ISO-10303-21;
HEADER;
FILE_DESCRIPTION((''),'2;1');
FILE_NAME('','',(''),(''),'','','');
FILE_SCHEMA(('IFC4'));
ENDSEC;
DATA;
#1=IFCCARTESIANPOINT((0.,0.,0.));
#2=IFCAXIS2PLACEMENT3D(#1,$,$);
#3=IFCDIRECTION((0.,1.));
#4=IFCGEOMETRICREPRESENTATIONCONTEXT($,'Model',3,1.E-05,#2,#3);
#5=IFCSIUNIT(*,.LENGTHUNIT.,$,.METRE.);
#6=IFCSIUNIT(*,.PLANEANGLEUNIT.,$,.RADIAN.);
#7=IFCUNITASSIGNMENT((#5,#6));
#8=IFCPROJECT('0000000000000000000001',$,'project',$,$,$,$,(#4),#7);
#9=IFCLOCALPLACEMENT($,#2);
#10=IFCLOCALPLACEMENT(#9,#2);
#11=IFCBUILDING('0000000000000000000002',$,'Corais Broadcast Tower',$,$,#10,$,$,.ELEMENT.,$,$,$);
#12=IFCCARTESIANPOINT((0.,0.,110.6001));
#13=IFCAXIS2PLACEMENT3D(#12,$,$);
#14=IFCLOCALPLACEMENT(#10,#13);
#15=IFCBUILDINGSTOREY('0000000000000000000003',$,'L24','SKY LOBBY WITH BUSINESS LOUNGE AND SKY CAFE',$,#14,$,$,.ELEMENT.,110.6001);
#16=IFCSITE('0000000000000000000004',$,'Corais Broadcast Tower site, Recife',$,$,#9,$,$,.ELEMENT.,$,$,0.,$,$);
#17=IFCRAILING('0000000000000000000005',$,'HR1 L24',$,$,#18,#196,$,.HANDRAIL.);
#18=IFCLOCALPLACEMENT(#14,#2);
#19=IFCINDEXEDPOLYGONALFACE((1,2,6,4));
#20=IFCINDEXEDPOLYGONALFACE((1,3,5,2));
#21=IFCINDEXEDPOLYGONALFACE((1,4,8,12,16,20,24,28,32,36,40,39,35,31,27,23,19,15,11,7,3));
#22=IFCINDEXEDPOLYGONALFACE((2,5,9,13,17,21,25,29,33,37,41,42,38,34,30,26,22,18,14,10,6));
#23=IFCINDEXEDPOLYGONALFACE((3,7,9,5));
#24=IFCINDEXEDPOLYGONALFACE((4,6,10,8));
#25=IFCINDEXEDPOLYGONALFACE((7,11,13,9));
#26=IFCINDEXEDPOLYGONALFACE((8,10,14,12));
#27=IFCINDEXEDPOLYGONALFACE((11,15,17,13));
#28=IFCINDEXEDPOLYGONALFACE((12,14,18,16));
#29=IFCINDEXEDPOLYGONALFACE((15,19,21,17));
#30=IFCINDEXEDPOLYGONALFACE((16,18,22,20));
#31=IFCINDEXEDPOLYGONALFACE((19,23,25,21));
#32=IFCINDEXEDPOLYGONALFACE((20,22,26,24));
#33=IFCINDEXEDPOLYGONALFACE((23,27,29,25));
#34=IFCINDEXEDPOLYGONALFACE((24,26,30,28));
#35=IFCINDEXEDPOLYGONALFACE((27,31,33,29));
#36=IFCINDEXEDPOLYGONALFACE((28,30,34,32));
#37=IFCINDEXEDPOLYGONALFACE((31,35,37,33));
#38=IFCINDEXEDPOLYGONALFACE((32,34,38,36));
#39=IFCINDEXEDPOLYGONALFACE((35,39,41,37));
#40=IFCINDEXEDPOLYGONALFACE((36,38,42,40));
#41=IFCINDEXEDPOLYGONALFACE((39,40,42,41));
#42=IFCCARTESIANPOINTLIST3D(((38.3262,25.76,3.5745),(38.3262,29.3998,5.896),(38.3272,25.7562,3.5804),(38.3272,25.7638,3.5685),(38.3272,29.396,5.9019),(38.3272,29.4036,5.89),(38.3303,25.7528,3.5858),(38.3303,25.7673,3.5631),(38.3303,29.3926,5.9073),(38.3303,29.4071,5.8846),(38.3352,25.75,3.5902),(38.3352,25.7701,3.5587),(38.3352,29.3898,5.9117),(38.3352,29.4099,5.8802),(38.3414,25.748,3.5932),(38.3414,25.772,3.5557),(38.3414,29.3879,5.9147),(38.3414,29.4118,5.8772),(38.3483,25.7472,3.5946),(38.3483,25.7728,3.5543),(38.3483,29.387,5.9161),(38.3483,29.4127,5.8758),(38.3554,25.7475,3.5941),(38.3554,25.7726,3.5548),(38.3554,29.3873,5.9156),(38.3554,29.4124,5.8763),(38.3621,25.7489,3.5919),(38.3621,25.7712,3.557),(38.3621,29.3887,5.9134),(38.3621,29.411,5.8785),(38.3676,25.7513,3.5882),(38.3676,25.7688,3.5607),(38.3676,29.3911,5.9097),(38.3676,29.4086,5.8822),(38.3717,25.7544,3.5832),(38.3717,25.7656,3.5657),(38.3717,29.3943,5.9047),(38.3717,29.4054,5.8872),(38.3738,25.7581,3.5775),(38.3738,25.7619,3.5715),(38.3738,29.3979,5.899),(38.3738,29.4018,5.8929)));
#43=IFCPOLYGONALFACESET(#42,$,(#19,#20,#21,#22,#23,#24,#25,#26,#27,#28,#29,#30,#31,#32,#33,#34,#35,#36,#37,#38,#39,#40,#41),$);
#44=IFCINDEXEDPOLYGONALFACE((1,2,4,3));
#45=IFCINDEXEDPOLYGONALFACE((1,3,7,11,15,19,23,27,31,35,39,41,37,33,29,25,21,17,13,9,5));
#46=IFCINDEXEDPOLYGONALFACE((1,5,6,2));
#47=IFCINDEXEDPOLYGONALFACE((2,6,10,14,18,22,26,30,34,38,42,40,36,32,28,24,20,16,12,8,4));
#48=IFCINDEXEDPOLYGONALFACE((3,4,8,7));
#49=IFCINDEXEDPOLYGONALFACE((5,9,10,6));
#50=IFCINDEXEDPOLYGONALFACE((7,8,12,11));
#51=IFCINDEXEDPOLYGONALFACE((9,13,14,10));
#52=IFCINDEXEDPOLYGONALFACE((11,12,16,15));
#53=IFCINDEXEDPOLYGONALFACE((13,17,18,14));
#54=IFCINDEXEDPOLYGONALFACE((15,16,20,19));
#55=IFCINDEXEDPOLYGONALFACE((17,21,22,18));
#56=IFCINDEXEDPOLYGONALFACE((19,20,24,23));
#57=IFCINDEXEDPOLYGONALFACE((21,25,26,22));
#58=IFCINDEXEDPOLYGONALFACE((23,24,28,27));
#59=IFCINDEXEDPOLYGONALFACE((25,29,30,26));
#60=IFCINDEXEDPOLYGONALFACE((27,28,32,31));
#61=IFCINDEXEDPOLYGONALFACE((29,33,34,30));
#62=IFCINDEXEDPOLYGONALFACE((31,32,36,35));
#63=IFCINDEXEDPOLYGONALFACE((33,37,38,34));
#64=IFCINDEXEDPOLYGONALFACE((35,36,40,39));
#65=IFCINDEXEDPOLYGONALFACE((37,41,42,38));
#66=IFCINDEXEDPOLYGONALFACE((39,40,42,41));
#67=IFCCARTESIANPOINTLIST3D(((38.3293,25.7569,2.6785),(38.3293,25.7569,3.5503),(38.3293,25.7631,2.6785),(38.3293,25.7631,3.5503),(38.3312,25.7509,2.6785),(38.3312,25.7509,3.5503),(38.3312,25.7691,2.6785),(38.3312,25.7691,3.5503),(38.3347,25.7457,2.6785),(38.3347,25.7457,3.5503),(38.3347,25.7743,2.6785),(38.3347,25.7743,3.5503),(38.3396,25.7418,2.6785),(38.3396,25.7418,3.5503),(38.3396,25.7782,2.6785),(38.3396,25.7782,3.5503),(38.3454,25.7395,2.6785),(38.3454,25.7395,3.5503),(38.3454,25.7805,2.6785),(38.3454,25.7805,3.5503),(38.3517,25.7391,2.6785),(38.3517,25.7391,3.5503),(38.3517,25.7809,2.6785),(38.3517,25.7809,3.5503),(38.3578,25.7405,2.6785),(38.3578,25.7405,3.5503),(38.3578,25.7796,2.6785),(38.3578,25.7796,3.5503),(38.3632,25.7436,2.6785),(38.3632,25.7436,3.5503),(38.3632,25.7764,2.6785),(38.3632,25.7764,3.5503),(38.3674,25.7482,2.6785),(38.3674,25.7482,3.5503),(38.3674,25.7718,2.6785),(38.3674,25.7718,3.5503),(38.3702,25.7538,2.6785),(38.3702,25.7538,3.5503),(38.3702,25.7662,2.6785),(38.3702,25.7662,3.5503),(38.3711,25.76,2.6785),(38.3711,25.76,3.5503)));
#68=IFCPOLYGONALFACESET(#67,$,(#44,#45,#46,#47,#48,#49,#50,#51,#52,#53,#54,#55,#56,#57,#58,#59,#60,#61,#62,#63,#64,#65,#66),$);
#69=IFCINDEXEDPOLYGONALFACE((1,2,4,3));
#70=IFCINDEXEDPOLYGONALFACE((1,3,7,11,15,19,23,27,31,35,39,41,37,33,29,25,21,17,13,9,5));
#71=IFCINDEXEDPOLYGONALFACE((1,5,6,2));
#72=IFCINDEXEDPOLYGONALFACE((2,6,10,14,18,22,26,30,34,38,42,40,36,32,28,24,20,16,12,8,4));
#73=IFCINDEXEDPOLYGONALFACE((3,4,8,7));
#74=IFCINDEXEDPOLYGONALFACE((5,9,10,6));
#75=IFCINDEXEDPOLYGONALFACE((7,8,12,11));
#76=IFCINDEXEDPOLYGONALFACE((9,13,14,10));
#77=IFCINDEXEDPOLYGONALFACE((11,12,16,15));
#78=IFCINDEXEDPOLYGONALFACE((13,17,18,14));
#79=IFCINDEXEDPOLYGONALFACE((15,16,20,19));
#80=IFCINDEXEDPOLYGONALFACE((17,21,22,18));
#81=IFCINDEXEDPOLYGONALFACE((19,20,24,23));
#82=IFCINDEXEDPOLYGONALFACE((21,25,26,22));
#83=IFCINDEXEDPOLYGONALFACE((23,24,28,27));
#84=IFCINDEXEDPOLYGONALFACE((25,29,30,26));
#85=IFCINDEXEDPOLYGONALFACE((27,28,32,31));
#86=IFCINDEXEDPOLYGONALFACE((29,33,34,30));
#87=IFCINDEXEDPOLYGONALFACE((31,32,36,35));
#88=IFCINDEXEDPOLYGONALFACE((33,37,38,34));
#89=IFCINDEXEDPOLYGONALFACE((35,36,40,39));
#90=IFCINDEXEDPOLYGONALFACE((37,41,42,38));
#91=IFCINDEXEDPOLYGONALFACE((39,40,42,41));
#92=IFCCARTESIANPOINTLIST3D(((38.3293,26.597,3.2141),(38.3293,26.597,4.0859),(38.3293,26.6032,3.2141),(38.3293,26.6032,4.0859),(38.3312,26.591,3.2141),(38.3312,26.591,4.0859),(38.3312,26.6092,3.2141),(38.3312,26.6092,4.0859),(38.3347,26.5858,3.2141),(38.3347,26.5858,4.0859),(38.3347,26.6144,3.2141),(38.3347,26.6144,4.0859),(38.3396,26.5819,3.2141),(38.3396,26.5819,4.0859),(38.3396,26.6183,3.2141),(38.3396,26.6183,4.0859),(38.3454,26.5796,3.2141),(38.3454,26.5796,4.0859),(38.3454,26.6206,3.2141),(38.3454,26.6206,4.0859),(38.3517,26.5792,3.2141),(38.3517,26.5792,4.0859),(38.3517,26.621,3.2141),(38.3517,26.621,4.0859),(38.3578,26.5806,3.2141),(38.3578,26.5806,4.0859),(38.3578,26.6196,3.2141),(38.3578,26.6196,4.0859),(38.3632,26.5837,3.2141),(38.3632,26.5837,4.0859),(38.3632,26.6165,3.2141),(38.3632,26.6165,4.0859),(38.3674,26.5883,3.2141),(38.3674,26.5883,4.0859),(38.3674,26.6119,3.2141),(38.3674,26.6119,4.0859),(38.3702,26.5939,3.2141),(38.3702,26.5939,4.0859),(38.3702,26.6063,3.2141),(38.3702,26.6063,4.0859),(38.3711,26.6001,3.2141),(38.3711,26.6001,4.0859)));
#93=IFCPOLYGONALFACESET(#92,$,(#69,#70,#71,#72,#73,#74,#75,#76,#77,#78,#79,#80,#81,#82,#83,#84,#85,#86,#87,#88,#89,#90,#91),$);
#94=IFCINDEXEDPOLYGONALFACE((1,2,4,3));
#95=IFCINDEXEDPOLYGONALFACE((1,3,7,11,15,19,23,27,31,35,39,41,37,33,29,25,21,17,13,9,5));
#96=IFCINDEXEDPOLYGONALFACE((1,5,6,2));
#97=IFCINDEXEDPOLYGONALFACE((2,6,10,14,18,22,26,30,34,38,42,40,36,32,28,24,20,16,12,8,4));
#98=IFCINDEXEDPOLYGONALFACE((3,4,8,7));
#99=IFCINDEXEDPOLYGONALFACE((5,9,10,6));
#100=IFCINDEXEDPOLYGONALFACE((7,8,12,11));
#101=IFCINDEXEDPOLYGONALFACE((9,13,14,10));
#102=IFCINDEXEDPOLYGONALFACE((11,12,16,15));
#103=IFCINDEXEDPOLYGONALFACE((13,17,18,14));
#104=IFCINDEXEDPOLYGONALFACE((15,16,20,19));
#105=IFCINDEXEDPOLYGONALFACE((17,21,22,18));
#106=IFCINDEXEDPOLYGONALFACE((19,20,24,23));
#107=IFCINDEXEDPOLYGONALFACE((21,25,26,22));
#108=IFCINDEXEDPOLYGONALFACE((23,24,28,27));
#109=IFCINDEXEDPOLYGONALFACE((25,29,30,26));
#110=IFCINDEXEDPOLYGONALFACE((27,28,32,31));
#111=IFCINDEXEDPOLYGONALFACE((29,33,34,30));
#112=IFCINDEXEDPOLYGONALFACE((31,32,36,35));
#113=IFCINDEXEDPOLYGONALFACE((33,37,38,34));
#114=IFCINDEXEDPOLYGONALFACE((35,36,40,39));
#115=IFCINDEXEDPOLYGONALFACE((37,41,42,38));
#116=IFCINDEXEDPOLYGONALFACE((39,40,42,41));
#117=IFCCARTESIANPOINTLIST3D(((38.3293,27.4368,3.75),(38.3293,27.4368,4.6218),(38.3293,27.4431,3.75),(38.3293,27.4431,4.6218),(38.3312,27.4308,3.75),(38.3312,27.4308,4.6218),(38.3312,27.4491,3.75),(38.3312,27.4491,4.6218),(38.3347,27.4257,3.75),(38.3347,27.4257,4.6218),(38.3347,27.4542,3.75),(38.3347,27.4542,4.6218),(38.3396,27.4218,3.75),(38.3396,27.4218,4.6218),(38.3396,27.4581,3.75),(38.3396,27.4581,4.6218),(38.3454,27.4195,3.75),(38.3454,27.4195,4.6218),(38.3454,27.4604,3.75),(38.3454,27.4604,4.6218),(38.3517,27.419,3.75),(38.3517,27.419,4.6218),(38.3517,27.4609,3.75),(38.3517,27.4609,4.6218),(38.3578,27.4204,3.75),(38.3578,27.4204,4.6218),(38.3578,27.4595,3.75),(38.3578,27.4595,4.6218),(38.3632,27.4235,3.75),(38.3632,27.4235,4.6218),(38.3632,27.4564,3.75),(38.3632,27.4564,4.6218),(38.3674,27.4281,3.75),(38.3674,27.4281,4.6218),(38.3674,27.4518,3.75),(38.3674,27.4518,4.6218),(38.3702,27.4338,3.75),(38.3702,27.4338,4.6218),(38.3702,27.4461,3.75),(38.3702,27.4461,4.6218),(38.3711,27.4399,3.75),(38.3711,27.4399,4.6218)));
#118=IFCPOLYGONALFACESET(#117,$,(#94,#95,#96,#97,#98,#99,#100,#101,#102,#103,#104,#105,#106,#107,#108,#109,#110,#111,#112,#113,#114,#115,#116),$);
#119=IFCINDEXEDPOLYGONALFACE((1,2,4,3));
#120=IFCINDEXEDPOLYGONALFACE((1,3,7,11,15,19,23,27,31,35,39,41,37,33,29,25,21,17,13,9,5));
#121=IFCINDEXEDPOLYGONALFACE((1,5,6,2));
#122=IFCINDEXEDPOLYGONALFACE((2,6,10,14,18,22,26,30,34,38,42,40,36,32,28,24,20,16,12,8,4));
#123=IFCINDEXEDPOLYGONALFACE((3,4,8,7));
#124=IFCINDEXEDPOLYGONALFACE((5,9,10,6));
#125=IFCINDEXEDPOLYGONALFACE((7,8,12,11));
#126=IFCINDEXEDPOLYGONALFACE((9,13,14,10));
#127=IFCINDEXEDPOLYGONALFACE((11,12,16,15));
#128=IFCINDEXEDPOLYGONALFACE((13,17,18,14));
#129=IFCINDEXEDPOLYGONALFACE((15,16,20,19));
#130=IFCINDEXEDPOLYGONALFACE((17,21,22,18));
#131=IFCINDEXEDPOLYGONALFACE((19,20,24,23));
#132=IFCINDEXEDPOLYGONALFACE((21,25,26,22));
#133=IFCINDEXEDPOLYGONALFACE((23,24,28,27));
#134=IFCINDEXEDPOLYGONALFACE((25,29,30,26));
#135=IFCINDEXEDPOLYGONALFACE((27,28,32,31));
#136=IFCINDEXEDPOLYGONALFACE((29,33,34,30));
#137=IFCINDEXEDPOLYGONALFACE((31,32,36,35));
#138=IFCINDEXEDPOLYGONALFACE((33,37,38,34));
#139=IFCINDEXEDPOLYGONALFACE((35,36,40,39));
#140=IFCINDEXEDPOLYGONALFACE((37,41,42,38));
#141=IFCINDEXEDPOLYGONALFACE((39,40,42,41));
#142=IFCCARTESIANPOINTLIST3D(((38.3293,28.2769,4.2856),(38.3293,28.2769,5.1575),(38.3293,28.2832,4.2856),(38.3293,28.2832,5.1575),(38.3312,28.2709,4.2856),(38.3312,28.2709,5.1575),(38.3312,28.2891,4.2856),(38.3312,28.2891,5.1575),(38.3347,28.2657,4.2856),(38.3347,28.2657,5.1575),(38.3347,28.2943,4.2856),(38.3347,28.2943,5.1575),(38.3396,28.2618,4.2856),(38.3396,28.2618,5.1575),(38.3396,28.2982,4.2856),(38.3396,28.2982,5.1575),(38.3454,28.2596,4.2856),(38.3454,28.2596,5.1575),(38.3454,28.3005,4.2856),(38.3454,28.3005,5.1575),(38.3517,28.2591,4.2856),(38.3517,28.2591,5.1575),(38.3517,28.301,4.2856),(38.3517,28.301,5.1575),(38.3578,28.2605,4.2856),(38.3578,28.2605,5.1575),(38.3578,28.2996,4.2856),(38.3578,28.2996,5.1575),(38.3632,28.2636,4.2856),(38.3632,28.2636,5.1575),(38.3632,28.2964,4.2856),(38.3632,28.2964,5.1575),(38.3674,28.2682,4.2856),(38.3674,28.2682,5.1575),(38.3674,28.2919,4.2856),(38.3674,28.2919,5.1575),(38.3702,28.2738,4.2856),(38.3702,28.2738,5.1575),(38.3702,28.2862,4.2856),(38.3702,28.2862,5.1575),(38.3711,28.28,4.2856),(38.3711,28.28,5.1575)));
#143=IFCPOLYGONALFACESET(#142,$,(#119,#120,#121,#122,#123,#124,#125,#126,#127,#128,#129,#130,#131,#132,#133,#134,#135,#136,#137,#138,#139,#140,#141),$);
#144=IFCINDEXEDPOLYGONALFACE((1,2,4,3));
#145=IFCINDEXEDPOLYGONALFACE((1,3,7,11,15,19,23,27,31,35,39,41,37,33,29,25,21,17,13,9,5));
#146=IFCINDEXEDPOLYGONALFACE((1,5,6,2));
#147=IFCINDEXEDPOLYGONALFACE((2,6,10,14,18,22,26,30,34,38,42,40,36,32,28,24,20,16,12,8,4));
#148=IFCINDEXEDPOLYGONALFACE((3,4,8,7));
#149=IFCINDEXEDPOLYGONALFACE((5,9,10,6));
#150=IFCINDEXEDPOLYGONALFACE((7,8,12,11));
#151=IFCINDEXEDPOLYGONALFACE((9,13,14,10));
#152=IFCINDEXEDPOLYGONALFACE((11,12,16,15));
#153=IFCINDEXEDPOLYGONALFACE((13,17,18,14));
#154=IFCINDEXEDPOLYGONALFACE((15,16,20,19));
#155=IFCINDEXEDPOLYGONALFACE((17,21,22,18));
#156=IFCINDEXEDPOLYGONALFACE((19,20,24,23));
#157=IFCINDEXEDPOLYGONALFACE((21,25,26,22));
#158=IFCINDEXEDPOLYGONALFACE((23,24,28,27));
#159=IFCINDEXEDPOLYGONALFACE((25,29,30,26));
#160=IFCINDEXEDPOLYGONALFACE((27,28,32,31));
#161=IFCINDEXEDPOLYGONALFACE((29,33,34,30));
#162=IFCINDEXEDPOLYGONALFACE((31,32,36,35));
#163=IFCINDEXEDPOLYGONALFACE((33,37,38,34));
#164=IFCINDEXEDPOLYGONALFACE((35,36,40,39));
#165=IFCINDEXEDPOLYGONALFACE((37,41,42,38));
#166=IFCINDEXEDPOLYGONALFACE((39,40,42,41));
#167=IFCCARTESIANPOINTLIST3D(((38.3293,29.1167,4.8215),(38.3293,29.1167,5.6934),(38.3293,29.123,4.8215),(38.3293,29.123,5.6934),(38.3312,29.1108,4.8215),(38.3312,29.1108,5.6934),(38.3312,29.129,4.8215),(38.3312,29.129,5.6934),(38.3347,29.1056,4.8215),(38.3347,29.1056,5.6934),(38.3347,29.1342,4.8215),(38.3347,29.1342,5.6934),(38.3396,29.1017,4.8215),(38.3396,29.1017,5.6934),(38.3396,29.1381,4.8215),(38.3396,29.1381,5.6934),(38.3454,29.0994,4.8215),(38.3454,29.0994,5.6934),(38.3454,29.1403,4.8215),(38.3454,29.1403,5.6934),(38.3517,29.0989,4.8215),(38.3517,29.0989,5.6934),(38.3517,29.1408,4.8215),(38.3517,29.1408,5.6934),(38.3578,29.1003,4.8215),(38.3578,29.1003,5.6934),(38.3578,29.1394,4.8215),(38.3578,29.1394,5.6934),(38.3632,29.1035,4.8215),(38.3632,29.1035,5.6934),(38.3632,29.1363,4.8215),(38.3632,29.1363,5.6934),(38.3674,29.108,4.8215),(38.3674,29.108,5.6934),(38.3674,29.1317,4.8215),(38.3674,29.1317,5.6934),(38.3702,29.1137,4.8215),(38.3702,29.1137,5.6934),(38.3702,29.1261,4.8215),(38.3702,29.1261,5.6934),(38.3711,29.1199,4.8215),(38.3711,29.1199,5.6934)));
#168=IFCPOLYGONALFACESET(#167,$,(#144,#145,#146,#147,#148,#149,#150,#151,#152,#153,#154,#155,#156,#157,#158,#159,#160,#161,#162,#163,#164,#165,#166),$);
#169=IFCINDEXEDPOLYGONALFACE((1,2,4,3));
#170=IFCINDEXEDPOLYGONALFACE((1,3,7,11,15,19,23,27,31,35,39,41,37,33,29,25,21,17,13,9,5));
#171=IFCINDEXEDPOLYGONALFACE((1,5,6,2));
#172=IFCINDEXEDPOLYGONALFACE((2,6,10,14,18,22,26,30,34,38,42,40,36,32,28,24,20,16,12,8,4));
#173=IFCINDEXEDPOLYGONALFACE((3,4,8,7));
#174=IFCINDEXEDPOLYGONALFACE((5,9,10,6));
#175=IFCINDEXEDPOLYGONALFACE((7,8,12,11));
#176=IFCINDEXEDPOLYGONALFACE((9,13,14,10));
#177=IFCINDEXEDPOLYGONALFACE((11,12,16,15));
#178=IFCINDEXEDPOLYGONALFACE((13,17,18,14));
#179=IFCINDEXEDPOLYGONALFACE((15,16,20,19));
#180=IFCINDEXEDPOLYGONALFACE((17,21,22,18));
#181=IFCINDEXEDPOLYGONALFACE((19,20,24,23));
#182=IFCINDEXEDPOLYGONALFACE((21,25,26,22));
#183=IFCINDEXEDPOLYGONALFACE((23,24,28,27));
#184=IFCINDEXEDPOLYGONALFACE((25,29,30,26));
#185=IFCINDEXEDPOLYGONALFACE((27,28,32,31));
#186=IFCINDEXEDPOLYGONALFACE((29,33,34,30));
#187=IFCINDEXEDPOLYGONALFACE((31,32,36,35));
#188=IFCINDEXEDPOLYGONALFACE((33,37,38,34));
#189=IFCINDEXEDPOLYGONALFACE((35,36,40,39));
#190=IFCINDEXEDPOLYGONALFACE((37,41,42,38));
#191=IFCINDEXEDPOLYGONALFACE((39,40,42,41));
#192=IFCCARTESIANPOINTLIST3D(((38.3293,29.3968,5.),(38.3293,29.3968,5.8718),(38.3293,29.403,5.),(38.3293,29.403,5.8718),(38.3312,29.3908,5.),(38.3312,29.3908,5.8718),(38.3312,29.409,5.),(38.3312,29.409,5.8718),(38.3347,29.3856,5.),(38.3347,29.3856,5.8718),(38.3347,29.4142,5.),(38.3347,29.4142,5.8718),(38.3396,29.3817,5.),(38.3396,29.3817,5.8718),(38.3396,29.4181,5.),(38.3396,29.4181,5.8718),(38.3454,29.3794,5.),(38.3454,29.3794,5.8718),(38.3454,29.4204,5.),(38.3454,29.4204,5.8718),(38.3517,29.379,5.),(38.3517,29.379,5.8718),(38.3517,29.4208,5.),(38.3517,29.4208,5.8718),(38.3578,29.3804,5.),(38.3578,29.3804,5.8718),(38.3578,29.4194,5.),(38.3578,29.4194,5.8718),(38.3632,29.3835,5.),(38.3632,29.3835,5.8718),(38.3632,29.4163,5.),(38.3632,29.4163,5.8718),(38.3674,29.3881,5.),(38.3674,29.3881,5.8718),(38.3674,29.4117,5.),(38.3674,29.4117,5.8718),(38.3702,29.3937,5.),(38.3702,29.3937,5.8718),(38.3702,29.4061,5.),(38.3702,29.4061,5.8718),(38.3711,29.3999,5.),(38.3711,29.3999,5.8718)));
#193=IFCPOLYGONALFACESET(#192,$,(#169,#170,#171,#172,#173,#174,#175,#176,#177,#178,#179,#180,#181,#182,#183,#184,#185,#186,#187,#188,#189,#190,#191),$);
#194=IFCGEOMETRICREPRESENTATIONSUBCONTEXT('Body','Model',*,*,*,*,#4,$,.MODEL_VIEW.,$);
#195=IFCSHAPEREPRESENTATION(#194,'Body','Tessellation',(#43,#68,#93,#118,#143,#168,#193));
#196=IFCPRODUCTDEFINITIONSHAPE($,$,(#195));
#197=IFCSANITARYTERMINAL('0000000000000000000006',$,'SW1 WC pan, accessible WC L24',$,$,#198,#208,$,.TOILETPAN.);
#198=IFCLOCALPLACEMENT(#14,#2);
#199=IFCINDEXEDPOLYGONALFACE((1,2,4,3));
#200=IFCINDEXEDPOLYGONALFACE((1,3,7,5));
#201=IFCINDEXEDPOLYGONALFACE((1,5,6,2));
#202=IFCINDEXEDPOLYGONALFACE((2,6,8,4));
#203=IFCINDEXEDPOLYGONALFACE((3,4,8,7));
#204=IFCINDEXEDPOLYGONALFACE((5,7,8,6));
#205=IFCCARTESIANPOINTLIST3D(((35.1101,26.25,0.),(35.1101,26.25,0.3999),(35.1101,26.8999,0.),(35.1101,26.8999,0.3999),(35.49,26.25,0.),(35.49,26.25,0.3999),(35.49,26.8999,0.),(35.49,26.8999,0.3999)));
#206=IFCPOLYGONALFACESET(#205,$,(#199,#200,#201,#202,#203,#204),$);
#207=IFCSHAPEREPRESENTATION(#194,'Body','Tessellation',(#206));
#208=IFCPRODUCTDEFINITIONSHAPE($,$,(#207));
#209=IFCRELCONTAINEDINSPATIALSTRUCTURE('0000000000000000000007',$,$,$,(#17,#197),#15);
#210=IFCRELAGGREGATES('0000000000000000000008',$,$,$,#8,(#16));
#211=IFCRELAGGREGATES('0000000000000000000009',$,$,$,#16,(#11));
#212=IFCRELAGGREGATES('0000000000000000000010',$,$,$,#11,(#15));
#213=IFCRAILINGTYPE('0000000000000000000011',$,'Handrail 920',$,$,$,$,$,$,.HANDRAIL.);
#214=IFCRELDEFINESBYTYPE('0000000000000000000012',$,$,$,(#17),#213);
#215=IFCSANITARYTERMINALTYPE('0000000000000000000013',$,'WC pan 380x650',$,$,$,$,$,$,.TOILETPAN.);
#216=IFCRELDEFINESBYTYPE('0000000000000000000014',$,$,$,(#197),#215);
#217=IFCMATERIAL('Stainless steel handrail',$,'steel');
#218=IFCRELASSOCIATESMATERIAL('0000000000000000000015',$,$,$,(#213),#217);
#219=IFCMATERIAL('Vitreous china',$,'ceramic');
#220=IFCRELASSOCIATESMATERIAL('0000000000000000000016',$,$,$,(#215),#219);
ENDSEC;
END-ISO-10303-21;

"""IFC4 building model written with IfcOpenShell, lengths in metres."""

from ifc_helpers import new_model, si_unit, direction, frame, origin, origin_2d, place, context, subcontext, project, spatial, rectangle, circle, extrude, material, type_object, element, save


model = new_model("IFC4")

# Units and contexts
model_context = context("Model", 3, precision=1e-05, world=origin(), true_north=direction((0.0, 1.0)))
body_context = subcontext(model_context, "Body", "Model", "MODEL_VIEW")
ifc_project = project(units=[si_unit("LENGTHUNIT", "METRE"), si_unit("PLANEANGLEUNIT", "RADIAN")], contexts=[model_context])

# Site, building, storey
site_placement = place(None, origin())
site = spatial("IfcSite", under=ifc_project, at=site_placement, Name="Corais Broadcast Tower site, Recife", CompositionType="ELEMENT", RefElevation=0.0)
building_placement = place(site_placement, origin())
building = spatial("IfcBuilding", under=site, at=building_placement, Name="Corais Broadcast Tower", CompositionType="ELEMENT")
storey_placement = place(building_placement, frame((0.0, 0.0, 110.6001)))
storey = spatial("IfcBuildingStorey", under=building, at=storey_placement, Name="L24", Description="SKY LOBBY WITH BUSINESS LOUNGE AND SKY CAFE", CompositionType="ELEMENT", Elevation=110.6001)

# Railing
ifc_material_1 = material(Name="Stainless steel handrail", Category="steel")
railing_type = type_object("IfcRailingType", Name="Handrail 920", PredefinedType="HANDRAIL", material=ifc_material_1)
for number, where, name in (
    (1, (38.3501, 25.76, 2.6785), "HR1 L24"),
):
    element("IfcRailing", number, at=place(storey_placement, frame(where)), inside=storey, type_object=railing_type, Name=name, PredefinedType="HANDRAIL", context=body_context, shape_type="SweptSolid", body=[
        extrude(circle(Radius=0.0239, at=origin_2d()), frame((0.0, 0.0, 0.896), z_axis=(0.0, 0.843112, 0.537739), x_axis=(-1.0, 0.0, 0.0)), (0.0, 0.0, 1.0), 4.3171),
        extrude(circle(Radius=0.021, at=origin_2d()), origin(), (0.0, 0.0, 1.0), 0.8718),
        extrude(circle(Radius=0.021, at=origin_2d()), frame((0.0, 0.8401, 0.5356)), (0.0, 0.0, 1.0), 0.8718),
        extrude(circle(Radius=0.021, at=origin_2d()), frame((0.0, 1.6799, 1.0715)), (0.0, 0.0, 1.0), 0.8718),
        extrude(circle(Radius=0.021, at=origin_2d()), frame((0.0, 2.52, 1.6072)), (0.0, 0.0, 1.0), 0.8718),
        extrude(circle(Radius=0.021, at=origin_2d()), frame((0.0, 3.3599, 2.1431)), (0.0, 0.0, 1.0), 0.8718),
        extrude(circle(Radius=0.021, at=origin_2d()), frame((0.0, 3.6399, 2.3215)), (0.0, 0.0, 1.0), 0.8718),
    ])

# Sanitary terminal
ifc_material_2 = material(Name="Vitreous china", Category="ceramic")
sanitary_terminal_type_1 = type_object("IfcSanitaryTerminalType", Name="WC pan 380x650", PredefinedType="TOILETPAN", material=ifc_material_2)
sanitary_terminal_1_placement = place(storey_placement, frame((35.3, 26.575, 0.0), z_axis=(0.0, 0.0, 1.0), x_axis=(1.0, 0.0, 0.0)))
element("IfcSanitaryTerminal", 2, at=sanitary_terminal_1_placement, inside=storey, type_object=sanitary_terminal_type_1, Name="SW1 WC pan, accessible WC L24", PredefinedType="TOILETPAN", context=body_context, shape_type="SweptSolid", body=[
    extrude(rectangle(XDim=0.3799, YDim=0.6499, at=origin_2d()), origin(), (0.0, 0.0, 1.0), 0.3999),
])

save(model, "model.ifc")
